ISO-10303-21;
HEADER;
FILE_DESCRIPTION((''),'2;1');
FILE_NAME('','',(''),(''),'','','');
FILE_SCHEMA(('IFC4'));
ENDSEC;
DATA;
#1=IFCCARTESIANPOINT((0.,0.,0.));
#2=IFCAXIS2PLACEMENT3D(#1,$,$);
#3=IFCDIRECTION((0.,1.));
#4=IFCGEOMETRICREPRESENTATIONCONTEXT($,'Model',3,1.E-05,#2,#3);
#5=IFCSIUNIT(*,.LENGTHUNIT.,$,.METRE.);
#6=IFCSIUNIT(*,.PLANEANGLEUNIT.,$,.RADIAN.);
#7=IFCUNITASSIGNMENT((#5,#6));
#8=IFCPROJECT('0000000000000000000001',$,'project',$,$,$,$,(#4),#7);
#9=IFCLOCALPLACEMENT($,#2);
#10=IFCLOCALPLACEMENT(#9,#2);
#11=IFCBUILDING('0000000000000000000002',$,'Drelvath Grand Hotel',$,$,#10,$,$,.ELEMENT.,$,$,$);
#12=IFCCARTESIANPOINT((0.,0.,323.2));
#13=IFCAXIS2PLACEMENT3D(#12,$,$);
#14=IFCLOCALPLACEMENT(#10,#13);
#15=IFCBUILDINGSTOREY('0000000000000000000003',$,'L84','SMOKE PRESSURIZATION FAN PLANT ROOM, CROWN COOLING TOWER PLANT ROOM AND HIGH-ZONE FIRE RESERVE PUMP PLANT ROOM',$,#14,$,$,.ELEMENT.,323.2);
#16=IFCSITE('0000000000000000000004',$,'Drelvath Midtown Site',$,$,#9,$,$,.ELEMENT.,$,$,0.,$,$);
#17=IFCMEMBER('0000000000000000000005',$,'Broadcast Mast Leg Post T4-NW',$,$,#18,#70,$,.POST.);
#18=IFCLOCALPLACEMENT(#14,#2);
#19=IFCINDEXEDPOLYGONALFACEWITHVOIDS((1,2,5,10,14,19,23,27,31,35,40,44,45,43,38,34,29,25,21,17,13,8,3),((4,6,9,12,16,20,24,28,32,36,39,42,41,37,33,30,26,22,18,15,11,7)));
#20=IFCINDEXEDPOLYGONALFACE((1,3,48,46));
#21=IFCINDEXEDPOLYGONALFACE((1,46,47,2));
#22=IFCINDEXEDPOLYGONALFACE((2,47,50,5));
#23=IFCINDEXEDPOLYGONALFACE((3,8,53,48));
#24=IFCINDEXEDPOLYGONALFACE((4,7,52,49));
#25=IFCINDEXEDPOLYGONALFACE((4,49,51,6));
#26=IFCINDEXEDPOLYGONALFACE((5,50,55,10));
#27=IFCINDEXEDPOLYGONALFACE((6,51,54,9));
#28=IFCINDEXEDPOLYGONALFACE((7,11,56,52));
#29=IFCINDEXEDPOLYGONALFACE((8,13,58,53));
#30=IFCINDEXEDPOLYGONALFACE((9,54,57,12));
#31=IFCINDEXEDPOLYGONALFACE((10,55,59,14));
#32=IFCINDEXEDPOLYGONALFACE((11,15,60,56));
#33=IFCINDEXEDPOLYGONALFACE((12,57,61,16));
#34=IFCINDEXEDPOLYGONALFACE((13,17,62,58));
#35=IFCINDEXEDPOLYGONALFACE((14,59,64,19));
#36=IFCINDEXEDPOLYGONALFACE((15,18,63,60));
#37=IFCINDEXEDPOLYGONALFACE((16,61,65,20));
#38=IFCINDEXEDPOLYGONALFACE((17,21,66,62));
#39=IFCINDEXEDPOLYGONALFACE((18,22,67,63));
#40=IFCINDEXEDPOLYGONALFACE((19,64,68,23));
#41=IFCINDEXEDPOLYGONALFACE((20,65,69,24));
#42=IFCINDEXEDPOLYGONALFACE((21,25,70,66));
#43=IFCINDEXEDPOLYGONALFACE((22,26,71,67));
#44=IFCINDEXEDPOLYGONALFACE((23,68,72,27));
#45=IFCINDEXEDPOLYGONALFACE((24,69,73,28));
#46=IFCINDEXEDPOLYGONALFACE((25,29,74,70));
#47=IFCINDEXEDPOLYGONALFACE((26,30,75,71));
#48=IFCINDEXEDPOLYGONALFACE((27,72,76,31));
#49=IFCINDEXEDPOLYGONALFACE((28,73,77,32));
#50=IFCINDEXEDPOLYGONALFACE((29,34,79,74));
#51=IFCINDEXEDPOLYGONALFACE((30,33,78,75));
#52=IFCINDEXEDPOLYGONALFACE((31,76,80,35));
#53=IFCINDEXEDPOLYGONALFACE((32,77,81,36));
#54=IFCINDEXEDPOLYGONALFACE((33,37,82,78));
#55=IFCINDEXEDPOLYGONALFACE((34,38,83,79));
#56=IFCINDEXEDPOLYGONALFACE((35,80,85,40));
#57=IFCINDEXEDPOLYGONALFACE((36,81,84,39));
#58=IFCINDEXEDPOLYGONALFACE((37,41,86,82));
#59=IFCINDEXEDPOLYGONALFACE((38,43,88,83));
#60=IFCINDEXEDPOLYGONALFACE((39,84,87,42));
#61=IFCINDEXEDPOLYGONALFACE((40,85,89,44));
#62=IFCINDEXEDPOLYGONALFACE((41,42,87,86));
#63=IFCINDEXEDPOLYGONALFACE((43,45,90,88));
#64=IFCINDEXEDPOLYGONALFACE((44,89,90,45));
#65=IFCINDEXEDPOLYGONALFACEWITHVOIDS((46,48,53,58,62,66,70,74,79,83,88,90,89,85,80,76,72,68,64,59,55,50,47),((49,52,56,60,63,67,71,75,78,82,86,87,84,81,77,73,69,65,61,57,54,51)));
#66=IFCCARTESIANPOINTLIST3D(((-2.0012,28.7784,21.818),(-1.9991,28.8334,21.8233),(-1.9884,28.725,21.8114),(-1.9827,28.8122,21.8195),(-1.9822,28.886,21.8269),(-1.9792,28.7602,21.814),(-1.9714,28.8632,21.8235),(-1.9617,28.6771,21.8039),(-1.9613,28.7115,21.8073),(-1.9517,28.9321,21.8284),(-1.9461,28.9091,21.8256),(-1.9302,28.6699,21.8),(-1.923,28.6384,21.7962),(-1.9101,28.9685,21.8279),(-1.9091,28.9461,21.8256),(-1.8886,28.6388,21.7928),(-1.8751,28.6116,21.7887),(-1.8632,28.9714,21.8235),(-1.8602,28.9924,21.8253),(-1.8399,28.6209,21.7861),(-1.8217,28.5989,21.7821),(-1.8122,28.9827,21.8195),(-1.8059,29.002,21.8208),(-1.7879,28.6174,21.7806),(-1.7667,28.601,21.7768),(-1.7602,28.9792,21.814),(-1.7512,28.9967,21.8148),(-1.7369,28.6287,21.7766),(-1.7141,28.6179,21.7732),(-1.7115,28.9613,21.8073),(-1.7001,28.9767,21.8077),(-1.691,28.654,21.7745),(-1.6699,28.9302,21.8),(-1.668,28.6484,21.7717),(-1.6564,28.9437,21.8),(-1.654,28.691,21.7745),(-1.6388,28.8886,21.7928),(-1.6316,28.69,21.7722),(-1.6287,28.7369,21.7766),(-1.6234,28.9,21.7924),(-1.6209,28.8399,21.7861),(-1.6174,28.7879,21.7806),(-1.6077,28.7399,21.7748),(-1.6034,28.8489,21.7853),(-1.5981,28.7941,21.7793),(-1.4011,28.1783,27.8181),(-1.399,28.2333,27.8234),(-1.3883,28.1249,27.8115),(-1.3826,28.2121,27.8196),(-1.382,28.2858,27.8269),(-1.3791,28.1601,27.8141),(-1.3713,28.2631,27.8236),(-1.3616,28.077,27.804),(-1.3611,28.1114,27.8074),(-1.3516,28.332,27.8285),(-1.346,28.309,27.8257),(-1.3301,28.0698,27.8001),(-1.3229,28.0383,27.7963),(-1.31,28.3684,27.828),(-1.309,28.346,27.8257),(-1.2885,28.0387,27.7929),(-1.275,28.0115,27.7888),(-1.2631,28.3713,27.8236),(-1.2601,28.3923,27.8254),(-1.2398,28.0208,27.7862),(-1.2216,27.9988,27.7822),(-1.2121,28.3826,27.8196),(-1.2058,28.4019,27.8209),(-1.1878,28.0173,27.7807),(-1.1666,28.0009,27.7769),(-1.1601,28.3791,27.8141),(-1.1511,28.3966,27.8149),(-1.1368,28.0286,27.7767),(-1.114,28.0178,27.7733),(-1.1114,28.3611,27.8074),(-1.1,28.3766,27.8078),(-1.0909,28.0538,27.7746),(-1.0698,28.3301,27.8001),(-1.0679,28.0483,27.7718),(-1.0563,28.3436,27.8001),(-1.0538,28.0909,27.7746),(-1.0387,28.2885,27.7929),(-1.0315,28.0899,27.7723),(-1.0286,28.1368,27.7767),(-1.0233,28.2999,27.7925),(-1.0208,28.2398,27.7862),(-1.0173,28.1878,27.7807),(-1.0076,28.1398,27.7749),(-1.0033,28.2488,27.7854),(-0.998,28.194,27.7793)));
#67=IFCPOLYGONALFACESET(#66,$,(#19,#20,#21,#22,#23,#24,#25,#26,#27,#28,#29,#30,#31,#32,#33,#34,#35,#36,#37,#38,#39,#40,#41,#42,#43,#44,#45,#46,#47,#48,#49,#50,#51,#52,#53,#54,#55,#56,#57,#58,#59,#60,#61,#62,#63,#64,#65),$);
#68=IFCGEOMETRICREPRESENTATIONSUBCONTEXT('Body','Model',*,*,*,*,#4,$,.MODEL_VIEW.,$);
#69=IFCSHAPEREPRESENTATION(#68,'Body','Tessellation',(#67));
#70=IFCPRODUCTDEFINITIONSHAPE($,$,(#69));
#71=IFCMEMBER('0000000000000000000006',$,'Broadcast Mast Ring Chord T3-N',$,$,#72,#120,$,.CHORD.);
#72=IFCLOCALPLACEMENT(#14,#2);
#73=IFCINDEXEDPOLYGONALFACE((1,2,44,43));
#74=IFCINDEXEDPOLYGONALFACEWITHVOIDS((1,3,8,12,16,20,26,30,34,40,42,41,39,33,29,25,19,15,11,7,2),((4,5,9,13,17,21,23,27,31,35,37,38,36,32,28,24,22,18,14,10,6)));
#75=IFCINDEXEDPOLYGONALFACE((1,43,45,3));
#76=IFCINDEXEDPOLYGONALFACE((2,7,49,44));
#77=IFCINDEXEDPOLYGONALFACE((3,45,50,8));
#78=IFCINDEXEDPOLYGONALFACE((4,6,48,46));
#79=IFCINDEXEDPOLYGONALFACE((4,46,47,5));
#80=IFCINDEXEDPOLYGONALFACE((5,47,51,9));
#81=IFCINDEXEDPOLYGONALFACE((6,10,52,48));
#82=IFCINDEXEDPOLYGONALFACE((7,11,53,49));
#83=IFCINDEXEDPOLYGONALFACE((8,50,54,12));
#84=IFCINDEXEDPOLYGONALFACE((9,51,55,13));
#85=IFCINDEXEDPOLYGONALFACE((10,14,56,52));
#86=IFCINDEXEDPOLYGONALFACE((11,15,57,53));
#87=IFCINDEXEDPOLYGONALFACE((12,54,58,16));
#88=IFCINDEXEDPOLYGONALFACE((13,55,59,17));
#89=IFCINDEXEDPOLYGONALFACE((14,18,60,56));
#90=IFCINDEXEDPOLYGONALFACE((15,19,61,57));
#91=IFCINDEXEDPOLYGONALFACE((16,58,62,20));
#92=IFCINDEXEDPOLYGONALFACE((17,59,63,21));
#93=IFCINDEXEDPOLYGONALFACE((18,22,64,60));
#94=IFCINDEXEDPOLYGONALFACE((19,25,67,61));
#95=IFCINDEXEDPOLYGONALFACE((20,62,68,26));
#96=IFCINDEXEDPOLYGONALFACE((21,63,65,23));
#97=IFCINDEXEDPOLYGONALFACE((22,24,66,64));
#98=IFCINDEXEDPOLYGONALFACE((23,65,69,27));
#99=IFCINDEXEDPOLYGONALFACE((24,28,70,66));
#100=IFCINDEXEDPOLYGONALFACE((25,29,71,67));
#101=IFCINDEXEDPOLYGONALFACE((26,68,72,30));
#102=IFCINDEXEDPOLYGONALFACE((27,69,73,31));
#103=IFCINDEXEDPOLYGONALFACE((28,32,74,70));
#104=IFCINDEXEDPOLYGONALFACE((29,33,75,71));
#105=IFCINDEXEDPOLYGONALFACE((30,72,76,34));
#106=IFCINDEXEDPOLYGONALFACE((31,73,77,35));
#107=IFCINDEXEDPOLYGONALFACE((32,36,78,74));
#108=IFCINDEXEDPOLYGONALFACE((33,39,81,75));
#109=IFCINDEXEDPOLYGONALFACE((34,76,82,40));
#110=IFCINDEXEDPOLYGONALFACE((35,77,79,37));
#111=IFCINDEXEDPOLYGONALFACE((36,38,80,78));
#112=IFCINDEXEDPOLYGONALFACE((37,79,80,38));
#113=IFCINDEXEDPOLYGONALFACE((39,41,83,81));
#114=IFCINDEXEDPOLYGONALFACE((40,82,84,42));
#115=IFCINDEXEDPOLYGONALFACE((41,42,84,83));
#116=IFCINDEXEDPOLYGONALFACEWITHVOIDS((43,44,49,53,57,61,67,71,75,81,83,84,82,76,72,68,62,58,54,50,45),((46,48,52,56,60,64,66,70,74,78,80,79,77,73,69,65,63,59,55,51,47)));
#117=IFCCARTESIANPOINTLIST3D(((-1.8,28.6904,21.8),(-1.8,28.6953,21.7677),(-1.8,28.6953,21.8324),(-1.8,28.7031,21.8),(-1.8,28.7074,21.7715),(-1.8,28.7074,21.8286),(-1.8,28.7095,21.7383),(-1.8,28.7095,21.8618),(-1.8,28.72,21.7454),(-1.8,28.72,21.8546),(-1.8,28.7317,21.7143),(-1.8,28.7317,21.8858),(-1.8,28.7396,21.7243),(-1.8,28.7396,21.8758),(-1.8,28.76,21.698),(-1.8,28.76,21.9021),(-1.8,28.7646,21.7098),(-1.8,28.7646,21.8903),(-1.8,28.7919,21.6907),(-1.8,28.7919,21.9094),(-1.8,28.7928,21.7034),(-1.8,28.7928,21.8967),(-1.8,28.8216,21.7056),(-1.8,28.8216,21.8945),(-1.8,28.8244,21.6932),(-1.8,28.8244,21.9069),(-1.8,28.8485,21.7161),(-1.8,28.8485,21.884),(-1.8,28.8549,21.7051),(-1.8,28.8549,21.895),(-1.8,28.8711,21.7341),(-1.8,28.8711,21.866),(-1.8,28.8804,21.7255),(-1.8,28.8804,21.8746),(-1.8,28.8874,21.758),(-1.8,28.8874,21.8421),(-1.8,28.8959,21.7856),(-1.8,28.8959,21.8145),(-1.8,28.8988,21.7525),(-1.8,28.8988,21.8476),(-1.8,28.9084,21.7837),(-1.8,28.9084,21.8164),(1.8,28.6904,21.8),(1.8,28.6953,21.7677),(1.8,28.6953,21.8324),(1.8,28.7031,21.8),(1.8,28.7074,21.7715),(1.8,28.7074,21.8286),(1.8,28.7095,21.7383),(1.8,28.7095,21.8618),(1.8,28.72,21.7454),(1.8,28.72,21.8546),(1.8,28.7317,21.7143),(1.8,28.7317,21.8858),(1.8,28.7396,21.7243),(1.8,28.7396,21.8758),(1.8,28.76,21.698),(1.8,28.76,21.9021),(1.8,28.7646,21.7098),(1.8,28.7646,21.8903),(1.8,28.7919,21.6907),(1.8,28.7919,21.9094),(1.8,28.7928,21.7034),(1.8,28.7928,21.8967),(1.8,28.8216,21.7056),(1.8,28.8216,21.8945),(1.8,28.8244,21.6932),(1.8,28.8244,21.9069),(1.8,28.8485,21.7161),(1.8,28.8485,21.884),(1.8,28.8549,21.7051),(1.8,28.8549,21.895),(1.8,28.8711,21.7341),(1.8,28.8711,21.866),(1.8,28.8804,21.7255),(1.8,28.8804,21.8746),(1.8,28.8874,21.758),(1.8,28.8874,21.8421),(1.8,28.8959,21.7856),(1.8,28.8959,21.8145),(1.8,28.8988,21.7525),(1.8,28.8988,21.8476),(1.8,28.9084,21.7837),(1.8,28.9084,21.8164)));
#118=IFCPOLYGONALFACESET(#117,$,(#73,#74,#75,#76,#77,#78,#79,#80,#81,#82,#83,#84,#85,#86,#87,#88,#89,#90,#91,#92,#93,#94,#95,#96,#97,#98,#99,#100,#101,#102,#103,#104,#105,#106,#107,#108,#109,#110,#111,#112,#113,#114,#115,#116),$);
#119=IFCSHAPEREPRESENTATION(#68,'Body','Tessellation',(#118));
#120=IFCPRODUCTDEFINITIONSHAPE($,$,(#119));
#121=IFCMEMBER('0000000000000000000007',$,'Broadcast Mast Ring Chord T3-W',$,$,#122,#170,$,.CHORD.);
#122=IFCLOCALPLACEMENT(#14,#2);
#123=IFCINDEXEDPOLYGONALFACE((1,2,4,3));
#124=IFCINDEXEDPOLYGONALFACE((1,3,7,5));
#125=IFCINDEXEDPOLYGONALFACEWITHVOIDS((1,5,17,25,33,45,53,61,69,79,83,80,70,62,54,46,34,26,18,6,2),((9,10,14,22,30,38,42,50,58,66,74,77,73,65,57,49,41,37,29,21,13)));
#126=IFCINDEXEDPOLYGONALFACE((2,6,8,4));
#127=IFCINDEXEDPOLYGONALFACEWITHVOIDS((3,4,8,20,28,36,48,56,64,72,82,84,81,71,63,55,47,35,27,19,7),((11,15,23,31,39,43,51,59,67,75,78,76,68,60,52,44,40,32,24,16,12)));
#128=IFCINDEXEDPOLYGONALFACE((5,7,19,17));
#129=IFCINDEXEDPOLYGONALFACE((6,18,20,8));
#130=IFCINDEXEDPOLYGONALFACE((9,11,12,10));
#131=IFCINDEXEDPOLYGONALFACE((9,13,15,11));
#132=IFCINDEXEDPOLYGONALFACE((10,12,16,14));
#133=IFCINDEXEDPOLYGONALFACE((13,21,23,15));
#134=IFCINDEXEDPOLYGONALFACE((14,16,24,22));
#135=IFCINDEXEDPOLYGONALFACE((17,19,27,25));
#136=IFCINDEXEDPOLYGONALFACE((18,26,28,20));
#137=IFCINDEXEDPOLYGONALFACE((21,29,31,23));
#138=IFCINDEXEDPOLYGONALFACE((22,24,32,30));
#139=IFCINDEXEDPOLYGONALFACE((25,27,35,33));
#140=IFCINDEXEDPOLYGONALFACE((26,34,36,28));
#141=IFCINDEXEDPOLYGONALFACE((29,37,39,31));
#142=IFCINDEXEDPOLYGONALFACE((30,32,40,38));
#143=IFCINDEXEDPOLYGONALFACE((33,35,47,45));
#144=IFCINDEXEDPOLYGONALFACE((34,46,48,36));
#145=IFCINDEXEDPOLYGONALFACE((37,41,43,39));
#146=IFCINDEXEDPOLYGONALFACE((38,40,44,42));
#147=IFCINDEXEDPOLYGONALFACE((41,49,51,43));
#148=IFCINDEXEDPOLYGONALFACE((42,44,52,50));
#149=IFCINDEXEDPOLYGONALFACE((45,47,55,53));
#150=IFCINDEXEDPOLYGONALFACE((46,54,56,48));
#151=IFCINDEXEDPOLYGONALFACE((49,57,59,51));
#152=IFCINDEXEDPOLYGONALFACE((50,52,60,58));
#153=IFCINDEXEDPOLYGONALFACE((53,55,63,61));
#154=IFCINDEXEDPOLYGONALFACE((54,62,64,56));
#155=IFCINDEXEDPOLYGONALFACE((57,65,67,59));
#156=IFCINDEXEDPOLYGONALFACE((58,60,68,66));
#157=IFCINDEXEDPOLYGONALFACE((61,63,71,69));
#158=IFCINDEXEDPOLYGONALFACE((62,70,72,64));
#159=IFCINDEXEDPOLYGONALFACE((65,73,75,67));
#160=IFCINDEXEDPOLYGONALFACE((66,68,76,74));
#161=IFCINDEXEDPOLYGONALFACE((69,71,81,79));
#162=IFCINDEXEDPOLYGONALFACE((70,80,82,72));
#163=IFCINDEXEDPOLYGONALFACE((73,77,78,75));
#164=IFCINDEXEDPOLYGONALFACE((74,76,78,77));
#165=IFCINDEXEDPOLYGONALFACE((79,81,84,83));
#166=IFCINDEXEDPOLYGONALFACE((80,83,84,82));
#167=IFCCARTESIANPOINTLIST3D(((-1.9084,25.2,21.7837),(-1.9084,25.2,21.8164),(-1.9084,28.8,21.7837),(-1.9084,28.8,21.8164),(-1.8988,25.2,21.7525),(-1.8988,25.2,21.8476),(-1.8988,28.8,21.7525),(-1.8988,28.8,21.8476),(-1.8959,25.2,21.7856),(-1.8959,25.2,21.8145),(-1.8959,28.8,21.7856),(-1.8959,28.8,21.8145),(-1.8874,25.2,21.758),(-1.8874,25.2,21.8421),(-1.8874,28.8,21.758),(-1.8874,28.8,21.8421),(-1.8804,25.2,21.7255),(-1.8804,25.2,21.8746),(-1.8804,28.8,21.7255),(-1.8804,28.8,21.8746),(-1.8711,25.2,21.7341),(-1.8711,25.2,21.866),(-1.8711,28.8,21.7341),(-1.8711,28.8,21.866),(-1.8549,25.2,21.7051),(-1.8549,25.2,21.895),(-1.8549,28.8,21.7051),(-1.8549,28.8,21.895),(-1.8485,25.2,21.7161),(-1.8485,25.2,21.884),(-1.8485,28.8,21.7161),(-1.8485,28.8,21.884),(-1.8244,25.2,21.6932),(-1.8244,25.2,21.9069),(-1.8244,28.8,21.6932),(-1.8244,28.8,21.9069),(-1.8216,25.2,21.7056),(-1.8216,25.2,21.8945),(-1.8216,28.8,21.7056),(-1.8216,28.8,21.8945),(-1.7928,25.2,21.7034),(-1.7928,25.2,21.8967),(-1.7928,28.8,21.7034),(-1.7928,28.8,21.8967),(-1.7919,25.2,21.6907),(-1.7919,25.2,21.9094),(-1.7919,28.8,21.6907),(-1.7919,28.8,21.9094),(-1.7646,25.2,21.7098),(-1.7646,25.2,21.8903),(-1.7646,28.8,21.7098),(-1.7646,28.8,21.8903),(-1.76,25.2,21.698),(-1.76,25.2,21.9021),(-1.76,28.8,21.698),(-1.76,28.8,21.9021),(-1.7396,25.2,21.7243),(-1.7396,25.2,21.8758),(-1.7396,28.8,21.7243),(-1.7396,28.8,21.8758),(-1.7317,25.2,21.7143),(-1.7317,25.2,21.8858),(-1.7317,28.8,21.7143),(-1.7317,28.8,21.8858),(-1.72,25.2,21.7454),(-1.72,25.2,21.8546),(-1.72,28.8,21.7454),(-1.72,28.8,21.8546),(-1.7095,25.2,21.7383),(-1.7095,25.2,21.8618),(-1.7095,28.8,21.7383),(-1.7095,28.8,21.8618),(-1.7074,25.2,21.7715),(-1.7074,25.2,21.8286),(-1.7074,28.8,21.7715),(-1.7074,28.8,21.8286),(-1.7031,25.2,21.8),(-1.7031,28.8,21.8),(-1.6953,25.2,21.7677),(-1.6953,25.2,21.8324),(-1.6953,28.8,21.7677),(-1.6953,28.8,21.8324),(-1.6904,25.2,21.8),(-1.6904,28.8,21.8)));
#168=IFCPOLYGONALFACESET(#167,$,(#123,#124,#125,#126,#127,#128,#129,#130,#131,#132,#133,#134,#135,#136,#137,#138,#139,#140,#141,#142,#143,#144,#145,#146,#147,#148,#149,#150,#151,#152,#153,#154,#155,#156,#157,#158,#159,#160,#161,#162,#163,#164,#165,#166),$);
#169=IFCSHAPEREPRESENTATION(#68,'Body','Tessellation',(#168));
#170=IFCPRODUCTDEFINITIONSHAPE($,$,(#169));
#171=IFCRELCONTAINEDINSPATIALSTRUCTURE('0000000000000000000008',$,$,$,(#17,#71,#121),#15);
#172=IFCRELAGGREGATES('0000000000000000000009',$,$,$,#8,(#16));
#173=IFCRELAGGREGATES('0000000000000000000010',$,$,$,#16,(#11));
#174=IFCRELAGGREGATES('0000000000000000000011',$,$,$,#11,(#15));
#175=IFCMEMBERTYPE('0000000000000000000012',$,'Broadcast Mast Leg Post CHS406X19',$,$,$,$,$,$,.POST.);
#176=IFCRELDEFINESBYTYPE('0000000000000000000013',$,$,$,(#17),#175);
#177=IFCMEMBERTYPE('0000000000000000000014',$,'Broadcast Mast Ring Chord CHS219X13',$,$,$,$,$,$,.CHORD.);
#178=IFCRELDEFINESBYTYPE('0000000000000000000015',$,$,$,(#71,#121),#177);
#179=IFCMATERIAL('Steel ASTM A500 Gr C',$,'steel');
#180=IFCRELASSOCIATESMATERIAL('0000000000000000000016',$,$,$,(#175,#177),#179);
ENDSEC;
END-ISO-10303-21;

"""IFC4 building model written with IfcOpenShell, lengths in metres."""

from ifc_helpers import new_model, si_unit, direction, frame, origin, origin_2d, place, context, subcontext, project, spatial, hollow_circle, extrude, material, material_profile, profile_set, type_object, element, save


model = new_model("IFC4")

# Units and contexts
model_context = context("Model", 3, precision=1e-05, world=origin(), true_north=direction((0.0, 1.0)))
body_context = subcontext(model_context, "Body", "Model", "MODEL_VIEW")
ifc_project = project(units=[si_unit("LENGTHUNIT", "METRE"), si_unit("PLANEANGLEUNIT", "RADIAN")], contexts=[model_context])

# Site, building, storey
site_placement = place(None, origin())
site = spatial("IfcSite", under=ifc_project, at=site_placement, Name="Drelvath Midtown Site", CompositionType="ELEMENT", RefElevation=0.0)
building_placement = place(site_placement, origin())
building = spatial("IfcBuilding", under=site, at=building_placement, Name="Drelvath Grand Hotel", CompositionType="ELEMENT")
storey_placement = place(building_placement, frame((0.0, 0.0, 323.2)))
storey = spatial("IfcBuildingStorey", under=building, at=storey_placement, Name="L84", Description="SMOKE PRESSURIZATION FAN PLANT ROOM, CROWN COOLING TOWER PLANT ROOM AND HIGH-ZONE FIRE RESERVE PUMP PLANT ROOM", CompositionType="ELEMENT", Elevation=323.2)

# Members
ifc_material_1 = material(Name="Steel ASTM A500 Gr C", Category="steel")
ifc_material_profile_1 = material_profile(ifc_material_1, hollow_circle(Radius=0.2031, WallThickness=0.019, at=origin_2d()), Name="CHS406X19")
ifc_profile_set_1 = profile_set([ifc_material_profile_1], Name="Steel ASTM A500 Gr C")
member_type_1 = type_object("IfcMemberType", Name="Broadcast Mast Leg Post CHS406X19", PredefinedType="POST", material=ifc_profile_set_1)
for number, where, z_axis, x_axis, name in (
    (1, (-1.8, 28.8, 21.8), (0.099031, -0.099031, 0.990144), (0.707107, 0.707107, 0.0), "Broadcast Mast Leg Post T4-NW"),
):
    element("IfcMember", number, at=place(storey_placement, frame(where, z_axis=z_axis, x_axis=x_axis)), inside=storey, type_object=member_type_1, Name=name, PredefinedType="POST", context=body_context, shape_type="SweptSolid", body=[
        extrude(hollow_circle(Radius=0.2031, WallThickness=0.019, at=origin_2d()), origin(), (0.0, 0.0, 1.0), 6.0598),
    ])
ifc_material_profile_2 = material_profile(ifc_material_1, hollow_circle(Radius=0.1096, WallThickness=0.0127, at=origin_2d()), Name="CHS219X13")
ifc_profile_set_2 = profile_set([ifc_material_profile_2], Name="Steel ASTM A500 Gr C")
member_type_2 = type_object("IfcMemberType", Name="Broadcast Mast Ring Chord CHS219X13", PredefinedType="CHORD", material=ifc_profile_set_2)
for number, where, z_axis, x_axis, name in (
    (2, (1.8, 28.8, 21.8), (-1.0, 0.0, 0.0), (0.0, -1.0, 0.0), "Broadcast Mast Ring Chord T3-N"),
    (3, (-1.8, 28.8, 21.8), (0.0, -1.0, 0.0), (1.0, 0.0, 0.0), "Broadcast Mast Ring Chord T3-W"),
):
    element("IfcMember", number, at=place(storey_placement, frame(where, z_axis=z_axis, x_axis=x_axis)), inside=storey, type_object=member_type_2, Name=name, PredefinedType="CHORD", context=body_context, shape_type="SweptSolid", body=[
        extrude(hollow_circle(Radius=0.1096, WallThickness=0.0127, at=origin_2d()), origin(), (0.0, 0.0, 1.0), 3.6001),
    ])

save(model, "model.ifc")
